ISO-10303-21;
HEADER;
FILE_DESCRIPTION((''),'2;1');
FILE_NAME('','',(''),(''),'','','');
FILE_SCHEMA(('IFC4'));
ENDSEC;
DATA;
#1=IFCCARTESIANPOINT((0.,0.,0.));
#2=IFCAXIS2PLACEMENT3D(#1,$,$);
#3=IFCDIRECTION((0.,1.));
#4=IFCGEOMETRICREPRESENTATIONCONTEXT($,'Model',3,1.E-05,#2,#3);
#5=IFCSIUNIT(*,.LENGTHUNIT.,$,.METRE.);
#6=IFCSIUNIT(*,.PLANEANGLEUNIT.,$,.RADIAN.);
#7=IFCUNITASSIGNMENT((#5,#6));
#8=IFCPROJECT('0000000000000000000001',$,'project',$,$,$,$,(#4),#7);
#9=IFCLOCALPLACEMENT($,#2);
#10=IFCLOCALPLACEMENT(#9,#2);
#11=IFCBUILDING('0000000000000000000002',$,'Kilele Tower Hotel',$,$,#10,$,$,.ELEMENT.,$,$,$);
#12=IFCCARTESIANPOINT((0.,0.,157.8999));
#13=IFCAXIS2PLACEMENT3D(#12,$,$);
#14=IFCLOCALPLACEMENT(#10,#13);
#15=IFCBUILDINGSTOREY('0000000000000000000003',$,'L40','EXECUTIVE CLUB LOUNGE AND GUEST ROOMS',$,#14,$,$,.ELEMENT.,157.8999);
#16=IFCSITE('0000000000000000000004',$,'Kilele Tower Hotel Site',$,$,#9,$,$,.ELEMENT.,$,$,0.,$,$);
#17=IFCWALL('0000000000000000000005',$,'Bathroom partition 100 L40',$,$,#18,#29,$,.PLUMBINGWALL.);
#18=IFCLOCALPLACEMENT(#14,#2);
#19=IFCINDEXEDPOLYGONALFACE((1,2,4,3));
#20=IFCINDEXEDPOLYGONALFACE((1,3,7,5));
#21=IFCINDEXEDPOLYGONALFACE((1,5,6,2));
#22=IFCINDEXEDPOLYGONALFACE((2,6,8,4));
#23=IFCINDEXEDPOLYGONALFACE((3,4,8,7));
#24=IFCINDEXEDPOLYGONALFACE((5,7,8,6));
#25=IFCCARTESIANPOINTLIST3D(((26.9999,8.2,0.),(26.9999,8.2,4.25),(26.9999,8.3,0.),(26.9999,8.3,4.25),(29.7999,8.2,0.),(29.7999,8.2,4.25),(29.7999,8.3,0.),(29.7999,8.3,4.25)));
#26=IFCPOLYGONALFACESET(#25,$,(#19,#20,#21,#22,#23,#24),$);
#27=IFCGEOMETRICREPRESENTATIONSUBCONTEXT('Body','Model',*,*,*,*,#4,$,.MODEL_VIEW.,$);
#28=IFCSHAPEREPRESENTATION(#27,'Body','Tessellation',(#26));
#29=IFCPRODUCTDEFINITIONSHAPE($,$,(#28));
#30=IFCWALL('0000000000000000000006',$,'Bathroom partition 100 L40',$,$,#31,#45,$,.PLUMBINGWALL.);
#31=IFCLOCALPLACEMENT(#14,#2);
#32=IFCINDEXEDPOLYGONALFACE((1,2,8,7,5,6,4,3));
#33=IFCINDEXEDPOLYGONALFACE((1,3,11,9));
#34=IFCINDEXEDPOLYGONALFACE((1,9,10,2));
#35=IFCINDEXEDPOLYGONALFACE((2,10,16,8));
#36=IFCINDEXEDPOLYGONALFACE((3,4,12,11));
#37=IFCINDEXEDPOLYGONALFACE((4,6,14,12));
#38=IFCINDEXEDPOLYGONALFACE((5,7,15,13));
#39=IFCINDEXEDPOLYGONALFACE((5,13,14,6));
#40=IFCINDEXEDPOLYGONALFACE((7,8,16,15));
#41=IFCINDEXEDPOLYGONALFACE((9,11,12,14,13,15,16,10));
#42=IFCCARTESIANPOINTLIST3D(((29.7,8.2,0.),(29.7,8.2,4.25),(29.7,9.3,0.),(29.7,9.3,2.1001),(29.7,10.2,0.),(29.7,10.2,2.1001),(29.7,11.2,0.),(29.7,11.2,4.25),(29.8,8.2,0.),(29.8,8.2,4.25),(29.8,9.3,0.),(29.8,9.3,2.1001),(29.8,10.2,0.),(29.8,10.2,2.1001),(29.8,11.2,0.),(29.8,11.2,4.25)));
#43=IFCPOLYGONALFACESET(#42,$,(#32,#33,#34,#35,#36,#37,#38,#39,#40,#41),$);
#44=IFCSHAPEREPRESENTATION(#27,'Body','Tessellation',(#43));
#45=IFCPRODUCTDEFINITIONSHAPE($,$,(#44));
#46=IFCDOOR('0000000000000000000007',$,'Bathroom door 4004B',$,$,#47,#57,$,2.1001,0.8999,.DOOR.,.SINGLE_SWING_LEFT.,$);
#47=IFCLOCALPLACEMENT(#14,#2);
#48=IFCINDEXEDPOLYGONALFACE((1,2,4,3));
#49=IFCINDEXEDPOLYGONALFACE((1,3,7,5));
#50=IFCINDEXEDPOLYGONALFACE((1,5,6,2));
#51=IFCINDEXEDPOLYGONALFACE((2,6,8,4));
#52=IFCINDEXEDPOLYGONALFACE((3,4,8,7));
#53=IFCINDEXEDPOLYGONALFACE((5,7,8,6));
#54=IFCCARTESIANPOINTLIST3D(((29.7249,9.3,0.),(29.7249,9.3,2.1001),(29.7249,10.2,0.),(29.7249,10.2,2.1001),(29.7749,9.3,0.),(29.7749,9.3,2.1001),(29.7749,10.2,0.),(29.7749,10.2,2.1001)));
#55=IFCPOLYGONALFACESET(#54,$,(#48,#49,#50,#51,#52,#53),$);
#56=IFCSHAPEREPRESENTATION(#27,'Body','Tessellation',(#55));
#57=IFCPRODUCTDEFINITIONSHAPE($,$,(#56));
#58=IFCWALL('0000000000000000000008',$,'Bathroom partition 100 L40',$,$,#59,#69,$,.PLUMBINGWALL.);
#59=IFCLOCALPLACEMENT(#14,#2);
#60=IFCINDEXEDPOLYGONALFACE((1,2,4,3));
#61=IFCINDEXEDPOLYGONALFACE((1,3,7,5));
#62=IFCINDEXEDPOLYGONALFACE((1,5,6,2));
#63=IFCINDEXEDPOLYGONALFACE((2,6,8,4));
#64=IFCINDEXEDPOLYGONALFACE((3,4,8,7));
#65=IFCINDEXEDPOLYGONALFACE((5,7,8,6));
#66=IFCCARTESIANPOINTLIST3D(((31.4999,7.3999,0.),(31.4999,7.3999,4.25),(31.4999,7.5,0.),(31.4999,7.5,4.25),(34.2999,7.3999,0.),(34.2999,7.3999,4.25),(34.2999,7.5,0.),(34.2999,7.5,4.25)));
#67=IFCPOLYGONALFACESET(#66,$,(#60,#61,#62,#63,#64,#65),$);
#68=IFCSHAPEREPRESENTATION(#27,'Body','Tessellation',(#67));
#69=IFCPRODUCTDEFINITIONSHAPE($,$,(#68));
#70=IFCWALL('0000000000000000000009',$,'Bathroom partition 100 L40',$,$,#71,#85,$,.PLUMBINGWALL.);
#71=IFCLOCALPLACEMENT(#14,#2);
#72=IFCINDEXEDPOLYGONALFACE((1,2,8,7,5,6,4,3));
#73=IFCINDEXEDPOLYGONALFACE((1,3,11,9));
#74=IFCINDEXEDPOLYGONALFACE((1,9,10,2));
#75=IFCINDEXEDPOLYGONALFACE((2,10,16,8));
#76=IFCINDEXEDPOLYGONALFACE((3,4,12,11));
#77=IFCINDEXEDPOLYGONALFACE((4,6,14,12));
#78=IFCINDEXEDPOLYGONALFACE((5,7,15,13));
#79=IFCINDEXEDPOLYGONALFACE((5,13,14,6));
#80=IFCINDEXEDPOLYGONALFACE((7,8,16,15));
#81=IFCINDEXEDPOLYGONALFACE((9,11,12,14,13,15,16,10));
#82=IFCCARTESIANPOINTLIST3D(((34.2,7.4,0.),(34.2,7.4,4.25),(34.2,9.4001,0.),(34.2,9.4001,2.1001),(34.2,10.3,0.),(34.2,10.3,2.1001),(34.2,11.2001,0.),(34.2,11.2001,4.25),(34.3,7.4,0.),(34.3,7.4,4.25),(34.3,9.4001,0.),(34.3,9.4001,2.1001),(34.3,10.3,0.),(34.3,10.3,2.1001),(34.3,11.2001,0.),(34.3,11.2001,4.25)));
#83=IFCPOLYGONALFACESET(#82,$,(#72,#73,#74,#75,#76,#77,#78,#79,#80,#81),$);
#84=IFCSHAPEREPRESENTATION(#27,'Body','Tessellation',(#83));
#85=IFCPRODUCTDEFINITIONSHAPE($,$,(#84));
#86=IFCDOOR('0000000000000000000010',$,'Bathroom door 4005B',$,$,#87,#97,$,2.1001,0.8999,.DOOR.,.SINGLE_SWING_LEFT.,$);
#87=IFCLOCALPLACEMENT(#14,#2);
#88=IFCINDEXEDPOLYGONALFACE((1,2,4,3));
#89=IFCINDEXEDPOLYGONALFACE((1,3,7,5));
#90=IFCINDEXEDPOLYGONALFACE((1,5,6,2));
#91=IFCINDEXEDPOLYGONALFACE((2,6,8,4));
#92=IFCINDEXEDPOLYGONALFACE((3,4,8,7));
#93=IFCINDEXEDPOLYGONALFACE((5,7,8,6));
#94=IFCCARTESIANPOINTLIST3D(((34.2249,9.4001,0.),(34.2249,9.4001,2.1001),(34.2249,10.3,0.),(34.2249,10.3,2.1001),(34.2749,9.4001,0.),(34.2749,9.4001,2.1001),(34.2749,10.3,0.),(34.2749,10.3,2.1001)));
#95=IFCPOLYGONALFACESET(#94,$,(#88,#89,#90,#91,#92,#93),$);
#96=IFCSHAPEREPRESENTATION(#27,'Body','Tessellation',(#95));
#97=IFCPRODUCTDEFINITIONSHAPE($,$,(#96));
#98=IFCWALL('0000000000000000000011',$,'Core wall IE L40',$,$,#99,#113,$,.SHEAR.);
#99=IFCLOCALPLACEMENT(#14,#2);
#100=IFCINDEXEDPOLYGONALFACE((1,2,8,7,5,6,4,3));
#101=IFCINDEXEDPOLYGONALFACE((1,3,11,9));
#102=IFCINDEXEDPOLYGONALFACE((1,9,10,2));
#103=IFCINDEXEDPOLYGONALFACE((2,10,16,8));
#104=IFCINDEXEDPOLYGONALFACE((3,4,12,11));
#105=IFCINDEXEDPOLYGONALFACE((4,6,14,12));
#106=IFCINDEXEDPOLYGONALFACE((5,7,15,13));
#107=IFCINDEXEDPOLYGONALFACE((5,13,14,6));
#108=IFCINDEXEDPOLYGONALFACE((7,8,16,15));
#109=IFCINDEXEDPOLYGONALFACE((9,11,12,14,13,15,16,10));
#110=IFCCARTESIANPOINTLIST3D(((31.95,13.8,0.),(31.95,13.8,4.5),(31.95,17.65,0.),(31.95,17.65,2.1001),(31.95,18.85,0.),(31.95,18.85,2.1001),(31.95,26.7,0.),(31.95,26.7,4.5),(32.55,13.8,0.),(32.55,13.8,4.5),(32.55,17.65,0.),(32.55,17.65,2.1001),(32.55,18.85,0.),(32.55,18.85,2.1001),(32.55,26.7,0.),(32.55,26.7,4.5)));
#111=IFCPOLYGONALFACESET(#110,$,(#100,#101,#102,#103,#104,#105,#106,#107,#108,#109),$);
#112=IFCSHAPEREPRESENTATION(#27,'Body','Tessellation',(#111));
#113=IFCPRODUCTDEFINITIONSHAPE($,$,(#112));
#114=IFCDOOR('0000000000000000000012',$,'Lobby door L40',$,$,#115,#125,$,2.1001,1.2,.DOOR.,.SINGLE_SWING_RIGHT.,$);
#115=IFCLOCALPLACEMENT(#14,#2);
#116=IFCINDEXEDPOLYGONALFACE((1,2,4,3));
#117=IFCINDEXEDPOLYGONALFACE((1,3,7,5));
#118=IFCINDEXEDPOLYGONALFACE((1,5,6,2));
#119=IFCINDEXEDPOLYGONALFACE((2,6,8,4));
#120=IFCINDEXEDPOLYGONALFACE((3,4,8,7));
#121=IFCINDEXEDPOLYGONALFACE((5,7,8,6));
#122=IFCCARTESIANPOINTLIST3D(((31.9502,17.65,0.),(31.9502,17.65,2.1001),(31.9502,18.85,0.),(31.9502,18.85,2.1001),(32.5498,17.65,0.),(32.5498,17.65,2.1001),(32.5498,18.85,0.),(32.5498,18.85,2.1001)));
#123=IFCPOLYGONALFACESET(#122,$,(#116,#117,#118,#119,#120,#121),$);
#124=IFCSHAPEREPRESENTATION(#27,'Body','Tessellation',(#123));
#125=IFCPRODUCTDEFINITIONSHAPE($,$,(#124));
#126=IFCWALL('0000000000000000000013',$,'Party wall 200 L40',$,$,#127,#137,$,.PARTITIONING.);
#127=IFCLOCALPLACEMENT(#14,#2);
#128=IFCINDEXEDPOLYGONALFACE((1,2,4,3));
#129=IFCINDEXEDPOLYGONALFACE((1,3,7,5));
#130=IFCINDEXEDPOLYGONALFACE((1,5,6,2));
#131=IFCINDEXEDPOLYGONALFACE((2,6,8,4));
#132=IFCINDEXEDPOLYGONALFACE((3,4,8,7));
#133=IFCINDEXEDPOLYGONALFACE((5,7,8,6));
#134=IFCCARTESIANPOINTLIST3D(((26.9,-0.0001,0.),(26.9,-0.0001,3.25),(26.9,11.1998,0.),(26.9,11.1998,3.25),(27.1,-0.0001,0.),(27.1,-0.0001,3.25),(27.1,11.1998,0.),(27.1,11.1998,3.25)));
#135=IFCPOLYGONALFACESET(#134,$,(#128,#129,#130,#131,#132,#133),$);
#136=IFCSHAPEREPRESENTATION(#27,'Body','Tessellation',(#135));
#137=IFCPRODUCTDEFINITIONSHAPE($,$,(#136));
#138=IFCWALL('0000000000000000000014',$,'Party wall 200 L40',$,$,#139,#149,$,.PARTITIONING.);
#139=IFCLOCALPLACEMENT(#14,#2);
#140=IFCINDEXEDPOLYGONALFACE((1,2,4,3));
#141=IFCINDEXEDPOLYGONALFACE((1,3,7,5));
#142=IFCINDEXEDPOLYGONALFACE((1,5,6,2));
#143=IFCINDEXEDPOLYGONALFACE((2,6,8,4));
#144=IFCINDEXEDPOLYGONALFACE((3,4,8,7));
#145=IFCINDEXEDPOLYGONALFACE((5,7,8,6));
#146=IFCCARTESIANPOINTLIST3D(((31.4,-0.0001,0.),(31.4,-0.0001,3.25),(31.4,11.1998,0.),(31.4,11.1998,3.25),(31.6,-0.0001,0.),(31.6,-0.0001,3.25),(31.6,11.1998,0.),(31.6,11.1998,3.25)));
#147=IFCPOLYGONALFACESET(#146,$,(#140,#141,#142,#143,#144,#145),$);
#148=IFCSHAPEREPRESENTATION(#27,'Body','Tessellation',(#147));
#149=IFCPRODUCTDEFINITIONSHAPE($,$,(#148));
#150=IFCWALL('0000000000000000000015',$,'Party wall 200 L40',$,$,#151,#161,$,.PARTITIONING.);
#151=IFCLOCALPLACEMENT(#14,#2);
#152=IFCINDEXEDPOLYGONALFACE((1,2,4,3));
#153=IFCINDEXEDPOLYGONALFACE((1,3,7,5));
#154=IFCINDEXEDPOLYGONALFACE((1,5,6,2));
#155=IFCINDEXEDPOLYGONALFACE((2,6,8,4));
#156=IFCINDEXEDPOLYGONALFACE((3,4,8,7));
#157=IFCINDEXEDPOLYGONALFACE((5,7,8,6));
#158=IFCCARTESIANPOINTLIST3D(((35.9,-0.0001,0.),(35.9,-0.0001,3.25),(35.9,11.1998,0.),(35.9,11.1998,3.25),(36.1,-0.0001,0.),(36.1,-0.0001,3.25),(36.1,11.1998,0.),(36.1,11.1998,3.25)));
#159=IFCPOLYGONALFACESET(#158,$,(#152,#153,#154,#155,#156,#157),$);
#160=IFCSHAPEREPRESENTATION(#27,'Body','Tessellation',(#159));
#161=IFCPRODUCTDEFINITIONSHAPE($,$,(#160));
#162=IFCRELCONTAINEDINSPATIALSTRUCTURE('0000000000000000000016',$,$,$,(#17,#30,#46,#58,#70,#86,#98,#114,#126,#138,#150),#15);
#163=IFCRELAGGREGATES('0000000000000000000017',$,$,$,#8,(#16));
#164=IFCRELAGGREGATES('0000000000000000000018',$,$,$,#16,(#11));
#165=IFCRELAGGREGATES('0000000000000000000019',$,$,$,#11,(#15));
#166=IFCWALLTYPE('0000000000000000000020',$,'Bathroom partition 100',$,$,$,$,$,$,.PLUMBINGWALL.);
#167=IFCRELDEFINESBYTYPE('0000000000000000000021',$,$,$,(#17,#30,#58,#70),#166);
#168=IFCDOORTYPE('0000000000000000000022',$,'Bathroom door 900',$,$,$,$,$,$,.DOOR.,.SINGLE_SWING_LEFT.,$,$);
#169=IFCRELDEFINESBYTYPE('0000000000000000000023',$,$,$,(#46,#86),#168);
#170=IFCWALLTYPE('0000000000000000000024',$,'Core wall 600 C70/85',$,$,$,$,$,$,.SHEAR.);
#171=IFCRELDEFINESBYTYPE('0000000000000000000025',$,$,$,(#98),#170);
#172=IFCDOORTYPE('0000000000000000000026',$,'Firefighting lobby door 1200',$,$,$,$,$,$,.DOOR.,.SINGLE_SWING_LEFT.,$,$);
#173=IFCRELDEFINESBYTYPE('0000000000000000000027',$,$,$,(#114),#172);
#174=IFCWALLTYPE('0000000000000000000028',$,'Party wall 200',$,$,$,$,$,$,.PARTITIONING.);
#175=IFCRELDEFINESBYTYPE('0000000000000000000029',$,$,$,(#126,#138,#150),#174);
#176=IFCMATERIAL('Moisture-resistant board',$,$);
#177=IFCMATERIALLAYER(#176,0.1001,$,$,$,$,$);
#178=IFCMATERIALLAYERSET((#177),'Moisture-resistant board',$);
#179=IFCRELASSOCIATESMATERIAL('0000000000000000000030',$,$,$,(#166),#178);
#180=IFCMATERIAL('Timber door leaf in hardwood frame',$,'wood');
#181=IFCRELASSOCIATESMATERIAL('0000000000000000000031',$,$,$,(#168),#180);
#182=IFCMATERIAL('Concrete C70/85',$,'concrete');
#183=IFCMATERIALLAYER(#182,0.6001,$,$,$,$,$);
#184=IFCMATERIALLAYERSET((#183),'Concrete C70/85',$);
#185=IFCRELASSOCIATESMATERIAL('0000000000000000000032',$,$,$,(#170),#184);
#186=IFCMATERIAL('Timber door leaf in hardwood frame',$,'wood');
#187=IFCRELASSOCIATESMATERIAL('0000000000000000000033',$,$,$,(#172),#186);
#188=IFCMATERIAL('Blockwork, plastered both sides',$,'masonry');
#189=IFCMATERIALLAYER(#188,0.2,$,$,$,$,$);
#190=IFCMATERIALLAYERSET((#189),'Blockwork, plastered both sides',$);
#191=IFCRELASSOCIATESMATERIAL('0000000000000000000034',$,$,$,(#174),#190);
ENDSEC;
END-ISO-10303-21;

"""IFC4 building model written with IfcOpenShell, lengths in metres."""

from ifc_helpers import new_model, si_unit, direction, frame, frame_2d, origin, place, context, subcontext, project, spatial, rectangle, extrude, material, layer, layer_set, type_object, element, fill, save


model = new_model("IFC4")

# Units and contexts
model_context = context("Model", 3, precision=1e-05, world=origin(), true_north=direction((0.0, 1.0)))
body_context = subcontext(model_context, "Body", "Model", "MODEL_VIEW")
ifc_project = project(units=[si_unit("LENGTHUNIT", "METRE"), si_unit("PLANEANGLEUNIT", "RADIAN")], contexts=[model_context])

# Site, building, storey
site_placement = place(None, origin())
site = spatial("IfcSite", under=ifc_project, at=site_placement, Name="Kilele Tower Hotel Site", CompositionType="ELEMENT", RefElevation=0.0)
building_placement = place(site_placement, origin())
building = spatial("IfcBuilding", under=site, at=building_placement, Name="Kilele Tower Hotel", CompositionType="ELEMENT")
storey_placement = place(building_placement, frame((0.0, 0.0, 157.8999)))
storey = spatial("IfcBuildingStorey", under=building, at=storey_placement, Name="L40", Description="EXECUTIVE CLUB LOUNGE AND GUEST ROOMS", CompositionType="ELEMENT", Elevation=157.8999)

# Wall
ifc_material_1 = material(Name="Moisture-resistant board")
ifc_layer_1 = layer(ifc_material_1, 0.1001)
ifc_layer_set_1 = layer_set([ifc_layer_1], Name="Moisture-resistant board")
wall_type_1 = type_object("IfcWallType", Name="Bathroom partition 100", PredefinedType="PLUMBINGWALL", material=ifc_layer_set_1)
wall_1_placement = place(storey_placement, frame((27.0, 8.25, 0.0), z_axis=(0.0, 0.0, 1.0), x_axis=(1.0, 0.0, 0.0)))
element("IfcWall", 1, at=wall_1_placement, inside=storey, type_object=wall_type_1, Name="Bathroom partition 100 L40", PredefinedType="PLUMBINGWALL", context=body_context, shape_type="SweptSolid", body=[
    extrude(rectangle(XDim=2.8, YDim=0.1001, at=frame_2d((1.3999, 0.0))), origin(), (0.0, 0.0, 1.0), 4.25),
])

# Wall, opening, door
wall_2_placement = place(storey_placement, frame((29.75, 11.2, 0.0), z_axis=(0.0, 0.0, 1.0), x_axis=(0.0, -1.0, 0.0)))
wall_2 = element("IfcWall", 2, at=wall_2_placement, inside=storey, type_object=wall_type_1, Name="Bathroom partition 100 L40", PredefinedType="PLUMBINGWALL", context=body_context, shape_type="SweptSolid", body=[
    extrude(rectangle(XDim=3.0, YDim=0.1001, at=frame_2d((1.5, 0.0))), origin(), (0.0, 0.0, 1.0), 4.25),
])
opening_1_placement = place(wall_2_placement, frame((1.0, 0.0, 0.0)))
opening_1 = element("IfcOpeningElement", 3, at=opening_1_placement, cuts=wall_2, PredefinedType="OPENING", context=body_context, shape_type="SweptSolid", body=[
    extrude(rectangle(XDim=0.8999, YDim=2.1001, at=frame_2d((0.45, 1.05))), frame((0.0, 0.0601, 0.0), z_axis=(0.0, -1.0, 0.0), x_axis=(1.0, 0.0, 0.0)), (0.0, 0.0, 1.0), 0.1201),
])
ifc_material_2 = material(Name="Timber door leaf in hardwood frame", Category="wood")
door_type_1 = type_object("IfcDoorType", Name="Bathroom door 900", OperationType="SINGLE_SWING_LEFT", PredefinedType="DOOR", material=ifc_material_2)
door_1_placement = place(opening_1_placement, origin())
door_1 = element("IfcDoor", 4, at=door_1_placement, inside=storey, type_object=door_type_1, Name="Bathroom door 4004B", OperationType="SINGLE_SWING_LEFT", OverallHeight=2.1001, OverallWidth=0.8999, PredefinedType="DOOR", context=body_context, shape_type="SweptSolid", body=[
    extrude(rectangle(XDim=0.8999, YDim=2.1001, at=frame_2d((0.45, 1.05))), frame((0.0, 0.0249, 0.0), z_axis=(0.0, -1.0, 0.0), x_axis=(1.0, 0.0, 0.0)), (0.0, 0.0, 1.0), 0.05),
])
fill(opening_1, door_1)

# Wall
wall_3_placement = place(storey_placement, frame((31.5, 7.45, 0.0), z_axis=(0.0, 0.0, 1.0), x_axis=(1.0, 0.0, 0.0)))
element("IfcWall", 5, at=wall_3_placement, inside=storey, type_object=wall_type_1, Name="Bathroom partition 100 L40", PredefinedType="PLUMBINGWALL", context=body_context, shape_type="SweptSolid", body=[
    extrude(rectangle(XDim=2.8, YDim=0.1001, at=frame_2d((1.3999, 0.0))), origin(), (0.0, 0.0, 1.0), 4.25),
])

# Walls, openings, doors
wall_4_placement = place(storey_placement, frame((34.25, 11.2, 0.0), z_axis=(0.0, 0.0, 1.0), x_axis=(0.0, -1.0, 0.0)))
wall_4 = element("IfcWall", 6, at=wall_4_placement, inside=storey, type_object=wall_type_1, Name="Bathroom partition 100 L40", PredefinedType="PLUMBINGWALL", context=body_context, shape_type="SweptSolid", body=[
    extrude(rectangle(XDim=3.8, YDim=0.1001, at=frame_2d((1.8999, 0.0))), origin(), (0.0, 0.0, 1.0), 4.25),
])
opening_2_placement = place(wall_4_placement, frame((0.8999, 0.0, 0.0)))
opening_2 = element("IfcOpeningElement", 7, at=opening_2_placement, cuts=wall_4, PredefinedType="OPENING", context=body_context, shape_type="SweptSolid", body=[
    extrude(rectangle(XDim=0.8999, YDim=2.1001, at=frame_2d((0.45, 1.05))), frame((0.0, 0.0601, 0.0), z_axis=(0.0, -1.0, 0.0), x_axis=(1.0, 0.0, 0.0)), (0.0, 0.0, 1.0), 0.1201),
])
door_2_placement = place(opening_2_placement, origin())
door_2 = element("IfcDoor", 8, at=door_2_placement, inside=storey, type_object=door_type_1, Name="Bathroom door 4005B", OperationType="SINGLE_SWING_LEFT", OverallHeight=2.1001, OverallWidth=0.8999, PredefinedType="DOOR", context=body_context, shape_type="SweptSolid", body=[
    extrude(rectangle(XDim=0.8999, YDim=2.1001, at=frame_2d((0.45, 1.05))), frame((0.0, 0.0249, 0.0), z_axis=(0.0, -1.0, 0.0), x_axis=(1.0, 0.0, 0.0)), (0.0, 0.0, 1.0), 0.05),
])
fill(opening_2, door_2)
ifc_material_3 = material(Name="Concrete C70/85", Category="concrete")
ifc_layer_2 = layer(ifc_material_3, 0.6001)
ifc_layer_set_2 = layer_set([ifc_layer_2], Name="Concrete C70/85")
wall_type_2 = type_object("IfcWallType", Name="Core wall 600 C70/85", PredefinedType="SHEAR", material=ifc_layer_set_2)
wall_5_placement = place(storey_placement, frame((32.25, 13.8, 0.0), z_axis=(0.0, 0.0, 1.0), x_axis=(0.0, 1.0, 0.0)))
wall_5 = element("IfcWall", 9, at=wall_5_placement, inside=storey, type_object=wall_type_2, Name="Core wall IE L40", PredefinedType="SHEAR", context=body_context, shape_type="SweptSolid", body=[
    extrude(rectangle(XDim=12.8999, YDim=0.6001, at=frame_2d((6.45, 0.0))), origin(), (0.0, 0.0, 1.0), 4.5),
])
opening_3_placement = place(wall_5_placement, frame((5.05, 0.0, 0.0), z_axis=(0.0, 0.0, 1.0), x_axis=(-1.0, 0.0, 0.0)))
opening_3 = element("IfcOpeningElement", 10, at=opening_3_placement, cuts=wall_5, PredefinedType="OPENING", context=body_context, shape_type="SweptSolid", body=[
    extrude(rectangle(XDim=1.2, YDim=2.1001, at=frame_2d((0.6001, 1.05))), frame((0.0, 0.3101, 0.0), z_axis=(0.0, -1.0, 0.0), x_axis=(1.0, 0.0, 0.0)), (0.0, 0.0, 1.0), 0.6201),
])
ifc_material_4 = material(Name="Timber door leaf in hardwood frame", Category="wood")
door_type_2 = type_object("IfcDoorType", Name="Firefighting lobby door 1200", OperationType="SINGLE_SWING_LEFT", PredefinedType="DOOR", material=ifc_material_4)
door_3_placement = place(opening_3_placement, origin())
door_3 = element("IfcDoor", 11, at=door_3_placement, inside=storey, type_object=door_type_2, Name="Lobby door L40", OperationType="SINGLE_SWING_RIGHT", OverallHeight=2.1001, OverallWidth=1.2, PredefinedType="DOOR", context=body_context, shape_type="SweptSolid", body=[
    extrude(rectangle(XDim=1.2, YDim=2.1001, at=frame_2d((0.6001, 1.05))), frame((0.0, 0.2998, 0.0), z_axis=(0.0, -1.0, 0.0), x_axis=(1.0, 0.0, 0.0)), (0.0, 0.0, 1.0), 0.5996),
])
fill(opening_3, door_3)

# Walls
ifc_material_5 = material(Name="Blockwork, plastered both sides", Category="masonry")
ifc_layer_3 = layer(ifc_material_5, 0.2)
ifc_layer_set_3 = layer_set([ifc_layer_3], Name="Blockwork, plastered both sides")
wall_type_3 = type_object("IfcWallType", Name="Party wall 200", PredefinedType="PARTITIONING", material=ifc_layer_set_3)
for number, where, z_axis, x_axis, name in (
    (12, (27.0, 11.2, 0.0), (0.0, 0.0, 1.0), (0.0, -1.0, 0.0), "Party wall 200 L40"),
    (13, (31.5, 11.2, 0.0), (0.0, 0.0, 1.0), (0.0, -1.0, 0.0), "Party wall 200 L40"),
    (14, (36.0, 11.2, 0.0), (0.0, 0.0, 1.0), (0.0, -1.0, 0.0), "Party wall 200 L40"),
):
    element("IfcWall", number, at=place(storey_placement, frame(where, z_axis=z_axis, x_axis=x_axis)), inside=storey, type_object=wall_type_3, Name=name, PredefinedType="PARTITIONING", context=body_context, shape_type="SweptSolid", body=[
        extrude(rectangle(XDim=11.2, YDim=0.2, at=frame_2d((5.6001, 0.0))), origin(), (0.0, 0.0, 1.0), 3.25),
    ])

save(model, "model.ifc")
